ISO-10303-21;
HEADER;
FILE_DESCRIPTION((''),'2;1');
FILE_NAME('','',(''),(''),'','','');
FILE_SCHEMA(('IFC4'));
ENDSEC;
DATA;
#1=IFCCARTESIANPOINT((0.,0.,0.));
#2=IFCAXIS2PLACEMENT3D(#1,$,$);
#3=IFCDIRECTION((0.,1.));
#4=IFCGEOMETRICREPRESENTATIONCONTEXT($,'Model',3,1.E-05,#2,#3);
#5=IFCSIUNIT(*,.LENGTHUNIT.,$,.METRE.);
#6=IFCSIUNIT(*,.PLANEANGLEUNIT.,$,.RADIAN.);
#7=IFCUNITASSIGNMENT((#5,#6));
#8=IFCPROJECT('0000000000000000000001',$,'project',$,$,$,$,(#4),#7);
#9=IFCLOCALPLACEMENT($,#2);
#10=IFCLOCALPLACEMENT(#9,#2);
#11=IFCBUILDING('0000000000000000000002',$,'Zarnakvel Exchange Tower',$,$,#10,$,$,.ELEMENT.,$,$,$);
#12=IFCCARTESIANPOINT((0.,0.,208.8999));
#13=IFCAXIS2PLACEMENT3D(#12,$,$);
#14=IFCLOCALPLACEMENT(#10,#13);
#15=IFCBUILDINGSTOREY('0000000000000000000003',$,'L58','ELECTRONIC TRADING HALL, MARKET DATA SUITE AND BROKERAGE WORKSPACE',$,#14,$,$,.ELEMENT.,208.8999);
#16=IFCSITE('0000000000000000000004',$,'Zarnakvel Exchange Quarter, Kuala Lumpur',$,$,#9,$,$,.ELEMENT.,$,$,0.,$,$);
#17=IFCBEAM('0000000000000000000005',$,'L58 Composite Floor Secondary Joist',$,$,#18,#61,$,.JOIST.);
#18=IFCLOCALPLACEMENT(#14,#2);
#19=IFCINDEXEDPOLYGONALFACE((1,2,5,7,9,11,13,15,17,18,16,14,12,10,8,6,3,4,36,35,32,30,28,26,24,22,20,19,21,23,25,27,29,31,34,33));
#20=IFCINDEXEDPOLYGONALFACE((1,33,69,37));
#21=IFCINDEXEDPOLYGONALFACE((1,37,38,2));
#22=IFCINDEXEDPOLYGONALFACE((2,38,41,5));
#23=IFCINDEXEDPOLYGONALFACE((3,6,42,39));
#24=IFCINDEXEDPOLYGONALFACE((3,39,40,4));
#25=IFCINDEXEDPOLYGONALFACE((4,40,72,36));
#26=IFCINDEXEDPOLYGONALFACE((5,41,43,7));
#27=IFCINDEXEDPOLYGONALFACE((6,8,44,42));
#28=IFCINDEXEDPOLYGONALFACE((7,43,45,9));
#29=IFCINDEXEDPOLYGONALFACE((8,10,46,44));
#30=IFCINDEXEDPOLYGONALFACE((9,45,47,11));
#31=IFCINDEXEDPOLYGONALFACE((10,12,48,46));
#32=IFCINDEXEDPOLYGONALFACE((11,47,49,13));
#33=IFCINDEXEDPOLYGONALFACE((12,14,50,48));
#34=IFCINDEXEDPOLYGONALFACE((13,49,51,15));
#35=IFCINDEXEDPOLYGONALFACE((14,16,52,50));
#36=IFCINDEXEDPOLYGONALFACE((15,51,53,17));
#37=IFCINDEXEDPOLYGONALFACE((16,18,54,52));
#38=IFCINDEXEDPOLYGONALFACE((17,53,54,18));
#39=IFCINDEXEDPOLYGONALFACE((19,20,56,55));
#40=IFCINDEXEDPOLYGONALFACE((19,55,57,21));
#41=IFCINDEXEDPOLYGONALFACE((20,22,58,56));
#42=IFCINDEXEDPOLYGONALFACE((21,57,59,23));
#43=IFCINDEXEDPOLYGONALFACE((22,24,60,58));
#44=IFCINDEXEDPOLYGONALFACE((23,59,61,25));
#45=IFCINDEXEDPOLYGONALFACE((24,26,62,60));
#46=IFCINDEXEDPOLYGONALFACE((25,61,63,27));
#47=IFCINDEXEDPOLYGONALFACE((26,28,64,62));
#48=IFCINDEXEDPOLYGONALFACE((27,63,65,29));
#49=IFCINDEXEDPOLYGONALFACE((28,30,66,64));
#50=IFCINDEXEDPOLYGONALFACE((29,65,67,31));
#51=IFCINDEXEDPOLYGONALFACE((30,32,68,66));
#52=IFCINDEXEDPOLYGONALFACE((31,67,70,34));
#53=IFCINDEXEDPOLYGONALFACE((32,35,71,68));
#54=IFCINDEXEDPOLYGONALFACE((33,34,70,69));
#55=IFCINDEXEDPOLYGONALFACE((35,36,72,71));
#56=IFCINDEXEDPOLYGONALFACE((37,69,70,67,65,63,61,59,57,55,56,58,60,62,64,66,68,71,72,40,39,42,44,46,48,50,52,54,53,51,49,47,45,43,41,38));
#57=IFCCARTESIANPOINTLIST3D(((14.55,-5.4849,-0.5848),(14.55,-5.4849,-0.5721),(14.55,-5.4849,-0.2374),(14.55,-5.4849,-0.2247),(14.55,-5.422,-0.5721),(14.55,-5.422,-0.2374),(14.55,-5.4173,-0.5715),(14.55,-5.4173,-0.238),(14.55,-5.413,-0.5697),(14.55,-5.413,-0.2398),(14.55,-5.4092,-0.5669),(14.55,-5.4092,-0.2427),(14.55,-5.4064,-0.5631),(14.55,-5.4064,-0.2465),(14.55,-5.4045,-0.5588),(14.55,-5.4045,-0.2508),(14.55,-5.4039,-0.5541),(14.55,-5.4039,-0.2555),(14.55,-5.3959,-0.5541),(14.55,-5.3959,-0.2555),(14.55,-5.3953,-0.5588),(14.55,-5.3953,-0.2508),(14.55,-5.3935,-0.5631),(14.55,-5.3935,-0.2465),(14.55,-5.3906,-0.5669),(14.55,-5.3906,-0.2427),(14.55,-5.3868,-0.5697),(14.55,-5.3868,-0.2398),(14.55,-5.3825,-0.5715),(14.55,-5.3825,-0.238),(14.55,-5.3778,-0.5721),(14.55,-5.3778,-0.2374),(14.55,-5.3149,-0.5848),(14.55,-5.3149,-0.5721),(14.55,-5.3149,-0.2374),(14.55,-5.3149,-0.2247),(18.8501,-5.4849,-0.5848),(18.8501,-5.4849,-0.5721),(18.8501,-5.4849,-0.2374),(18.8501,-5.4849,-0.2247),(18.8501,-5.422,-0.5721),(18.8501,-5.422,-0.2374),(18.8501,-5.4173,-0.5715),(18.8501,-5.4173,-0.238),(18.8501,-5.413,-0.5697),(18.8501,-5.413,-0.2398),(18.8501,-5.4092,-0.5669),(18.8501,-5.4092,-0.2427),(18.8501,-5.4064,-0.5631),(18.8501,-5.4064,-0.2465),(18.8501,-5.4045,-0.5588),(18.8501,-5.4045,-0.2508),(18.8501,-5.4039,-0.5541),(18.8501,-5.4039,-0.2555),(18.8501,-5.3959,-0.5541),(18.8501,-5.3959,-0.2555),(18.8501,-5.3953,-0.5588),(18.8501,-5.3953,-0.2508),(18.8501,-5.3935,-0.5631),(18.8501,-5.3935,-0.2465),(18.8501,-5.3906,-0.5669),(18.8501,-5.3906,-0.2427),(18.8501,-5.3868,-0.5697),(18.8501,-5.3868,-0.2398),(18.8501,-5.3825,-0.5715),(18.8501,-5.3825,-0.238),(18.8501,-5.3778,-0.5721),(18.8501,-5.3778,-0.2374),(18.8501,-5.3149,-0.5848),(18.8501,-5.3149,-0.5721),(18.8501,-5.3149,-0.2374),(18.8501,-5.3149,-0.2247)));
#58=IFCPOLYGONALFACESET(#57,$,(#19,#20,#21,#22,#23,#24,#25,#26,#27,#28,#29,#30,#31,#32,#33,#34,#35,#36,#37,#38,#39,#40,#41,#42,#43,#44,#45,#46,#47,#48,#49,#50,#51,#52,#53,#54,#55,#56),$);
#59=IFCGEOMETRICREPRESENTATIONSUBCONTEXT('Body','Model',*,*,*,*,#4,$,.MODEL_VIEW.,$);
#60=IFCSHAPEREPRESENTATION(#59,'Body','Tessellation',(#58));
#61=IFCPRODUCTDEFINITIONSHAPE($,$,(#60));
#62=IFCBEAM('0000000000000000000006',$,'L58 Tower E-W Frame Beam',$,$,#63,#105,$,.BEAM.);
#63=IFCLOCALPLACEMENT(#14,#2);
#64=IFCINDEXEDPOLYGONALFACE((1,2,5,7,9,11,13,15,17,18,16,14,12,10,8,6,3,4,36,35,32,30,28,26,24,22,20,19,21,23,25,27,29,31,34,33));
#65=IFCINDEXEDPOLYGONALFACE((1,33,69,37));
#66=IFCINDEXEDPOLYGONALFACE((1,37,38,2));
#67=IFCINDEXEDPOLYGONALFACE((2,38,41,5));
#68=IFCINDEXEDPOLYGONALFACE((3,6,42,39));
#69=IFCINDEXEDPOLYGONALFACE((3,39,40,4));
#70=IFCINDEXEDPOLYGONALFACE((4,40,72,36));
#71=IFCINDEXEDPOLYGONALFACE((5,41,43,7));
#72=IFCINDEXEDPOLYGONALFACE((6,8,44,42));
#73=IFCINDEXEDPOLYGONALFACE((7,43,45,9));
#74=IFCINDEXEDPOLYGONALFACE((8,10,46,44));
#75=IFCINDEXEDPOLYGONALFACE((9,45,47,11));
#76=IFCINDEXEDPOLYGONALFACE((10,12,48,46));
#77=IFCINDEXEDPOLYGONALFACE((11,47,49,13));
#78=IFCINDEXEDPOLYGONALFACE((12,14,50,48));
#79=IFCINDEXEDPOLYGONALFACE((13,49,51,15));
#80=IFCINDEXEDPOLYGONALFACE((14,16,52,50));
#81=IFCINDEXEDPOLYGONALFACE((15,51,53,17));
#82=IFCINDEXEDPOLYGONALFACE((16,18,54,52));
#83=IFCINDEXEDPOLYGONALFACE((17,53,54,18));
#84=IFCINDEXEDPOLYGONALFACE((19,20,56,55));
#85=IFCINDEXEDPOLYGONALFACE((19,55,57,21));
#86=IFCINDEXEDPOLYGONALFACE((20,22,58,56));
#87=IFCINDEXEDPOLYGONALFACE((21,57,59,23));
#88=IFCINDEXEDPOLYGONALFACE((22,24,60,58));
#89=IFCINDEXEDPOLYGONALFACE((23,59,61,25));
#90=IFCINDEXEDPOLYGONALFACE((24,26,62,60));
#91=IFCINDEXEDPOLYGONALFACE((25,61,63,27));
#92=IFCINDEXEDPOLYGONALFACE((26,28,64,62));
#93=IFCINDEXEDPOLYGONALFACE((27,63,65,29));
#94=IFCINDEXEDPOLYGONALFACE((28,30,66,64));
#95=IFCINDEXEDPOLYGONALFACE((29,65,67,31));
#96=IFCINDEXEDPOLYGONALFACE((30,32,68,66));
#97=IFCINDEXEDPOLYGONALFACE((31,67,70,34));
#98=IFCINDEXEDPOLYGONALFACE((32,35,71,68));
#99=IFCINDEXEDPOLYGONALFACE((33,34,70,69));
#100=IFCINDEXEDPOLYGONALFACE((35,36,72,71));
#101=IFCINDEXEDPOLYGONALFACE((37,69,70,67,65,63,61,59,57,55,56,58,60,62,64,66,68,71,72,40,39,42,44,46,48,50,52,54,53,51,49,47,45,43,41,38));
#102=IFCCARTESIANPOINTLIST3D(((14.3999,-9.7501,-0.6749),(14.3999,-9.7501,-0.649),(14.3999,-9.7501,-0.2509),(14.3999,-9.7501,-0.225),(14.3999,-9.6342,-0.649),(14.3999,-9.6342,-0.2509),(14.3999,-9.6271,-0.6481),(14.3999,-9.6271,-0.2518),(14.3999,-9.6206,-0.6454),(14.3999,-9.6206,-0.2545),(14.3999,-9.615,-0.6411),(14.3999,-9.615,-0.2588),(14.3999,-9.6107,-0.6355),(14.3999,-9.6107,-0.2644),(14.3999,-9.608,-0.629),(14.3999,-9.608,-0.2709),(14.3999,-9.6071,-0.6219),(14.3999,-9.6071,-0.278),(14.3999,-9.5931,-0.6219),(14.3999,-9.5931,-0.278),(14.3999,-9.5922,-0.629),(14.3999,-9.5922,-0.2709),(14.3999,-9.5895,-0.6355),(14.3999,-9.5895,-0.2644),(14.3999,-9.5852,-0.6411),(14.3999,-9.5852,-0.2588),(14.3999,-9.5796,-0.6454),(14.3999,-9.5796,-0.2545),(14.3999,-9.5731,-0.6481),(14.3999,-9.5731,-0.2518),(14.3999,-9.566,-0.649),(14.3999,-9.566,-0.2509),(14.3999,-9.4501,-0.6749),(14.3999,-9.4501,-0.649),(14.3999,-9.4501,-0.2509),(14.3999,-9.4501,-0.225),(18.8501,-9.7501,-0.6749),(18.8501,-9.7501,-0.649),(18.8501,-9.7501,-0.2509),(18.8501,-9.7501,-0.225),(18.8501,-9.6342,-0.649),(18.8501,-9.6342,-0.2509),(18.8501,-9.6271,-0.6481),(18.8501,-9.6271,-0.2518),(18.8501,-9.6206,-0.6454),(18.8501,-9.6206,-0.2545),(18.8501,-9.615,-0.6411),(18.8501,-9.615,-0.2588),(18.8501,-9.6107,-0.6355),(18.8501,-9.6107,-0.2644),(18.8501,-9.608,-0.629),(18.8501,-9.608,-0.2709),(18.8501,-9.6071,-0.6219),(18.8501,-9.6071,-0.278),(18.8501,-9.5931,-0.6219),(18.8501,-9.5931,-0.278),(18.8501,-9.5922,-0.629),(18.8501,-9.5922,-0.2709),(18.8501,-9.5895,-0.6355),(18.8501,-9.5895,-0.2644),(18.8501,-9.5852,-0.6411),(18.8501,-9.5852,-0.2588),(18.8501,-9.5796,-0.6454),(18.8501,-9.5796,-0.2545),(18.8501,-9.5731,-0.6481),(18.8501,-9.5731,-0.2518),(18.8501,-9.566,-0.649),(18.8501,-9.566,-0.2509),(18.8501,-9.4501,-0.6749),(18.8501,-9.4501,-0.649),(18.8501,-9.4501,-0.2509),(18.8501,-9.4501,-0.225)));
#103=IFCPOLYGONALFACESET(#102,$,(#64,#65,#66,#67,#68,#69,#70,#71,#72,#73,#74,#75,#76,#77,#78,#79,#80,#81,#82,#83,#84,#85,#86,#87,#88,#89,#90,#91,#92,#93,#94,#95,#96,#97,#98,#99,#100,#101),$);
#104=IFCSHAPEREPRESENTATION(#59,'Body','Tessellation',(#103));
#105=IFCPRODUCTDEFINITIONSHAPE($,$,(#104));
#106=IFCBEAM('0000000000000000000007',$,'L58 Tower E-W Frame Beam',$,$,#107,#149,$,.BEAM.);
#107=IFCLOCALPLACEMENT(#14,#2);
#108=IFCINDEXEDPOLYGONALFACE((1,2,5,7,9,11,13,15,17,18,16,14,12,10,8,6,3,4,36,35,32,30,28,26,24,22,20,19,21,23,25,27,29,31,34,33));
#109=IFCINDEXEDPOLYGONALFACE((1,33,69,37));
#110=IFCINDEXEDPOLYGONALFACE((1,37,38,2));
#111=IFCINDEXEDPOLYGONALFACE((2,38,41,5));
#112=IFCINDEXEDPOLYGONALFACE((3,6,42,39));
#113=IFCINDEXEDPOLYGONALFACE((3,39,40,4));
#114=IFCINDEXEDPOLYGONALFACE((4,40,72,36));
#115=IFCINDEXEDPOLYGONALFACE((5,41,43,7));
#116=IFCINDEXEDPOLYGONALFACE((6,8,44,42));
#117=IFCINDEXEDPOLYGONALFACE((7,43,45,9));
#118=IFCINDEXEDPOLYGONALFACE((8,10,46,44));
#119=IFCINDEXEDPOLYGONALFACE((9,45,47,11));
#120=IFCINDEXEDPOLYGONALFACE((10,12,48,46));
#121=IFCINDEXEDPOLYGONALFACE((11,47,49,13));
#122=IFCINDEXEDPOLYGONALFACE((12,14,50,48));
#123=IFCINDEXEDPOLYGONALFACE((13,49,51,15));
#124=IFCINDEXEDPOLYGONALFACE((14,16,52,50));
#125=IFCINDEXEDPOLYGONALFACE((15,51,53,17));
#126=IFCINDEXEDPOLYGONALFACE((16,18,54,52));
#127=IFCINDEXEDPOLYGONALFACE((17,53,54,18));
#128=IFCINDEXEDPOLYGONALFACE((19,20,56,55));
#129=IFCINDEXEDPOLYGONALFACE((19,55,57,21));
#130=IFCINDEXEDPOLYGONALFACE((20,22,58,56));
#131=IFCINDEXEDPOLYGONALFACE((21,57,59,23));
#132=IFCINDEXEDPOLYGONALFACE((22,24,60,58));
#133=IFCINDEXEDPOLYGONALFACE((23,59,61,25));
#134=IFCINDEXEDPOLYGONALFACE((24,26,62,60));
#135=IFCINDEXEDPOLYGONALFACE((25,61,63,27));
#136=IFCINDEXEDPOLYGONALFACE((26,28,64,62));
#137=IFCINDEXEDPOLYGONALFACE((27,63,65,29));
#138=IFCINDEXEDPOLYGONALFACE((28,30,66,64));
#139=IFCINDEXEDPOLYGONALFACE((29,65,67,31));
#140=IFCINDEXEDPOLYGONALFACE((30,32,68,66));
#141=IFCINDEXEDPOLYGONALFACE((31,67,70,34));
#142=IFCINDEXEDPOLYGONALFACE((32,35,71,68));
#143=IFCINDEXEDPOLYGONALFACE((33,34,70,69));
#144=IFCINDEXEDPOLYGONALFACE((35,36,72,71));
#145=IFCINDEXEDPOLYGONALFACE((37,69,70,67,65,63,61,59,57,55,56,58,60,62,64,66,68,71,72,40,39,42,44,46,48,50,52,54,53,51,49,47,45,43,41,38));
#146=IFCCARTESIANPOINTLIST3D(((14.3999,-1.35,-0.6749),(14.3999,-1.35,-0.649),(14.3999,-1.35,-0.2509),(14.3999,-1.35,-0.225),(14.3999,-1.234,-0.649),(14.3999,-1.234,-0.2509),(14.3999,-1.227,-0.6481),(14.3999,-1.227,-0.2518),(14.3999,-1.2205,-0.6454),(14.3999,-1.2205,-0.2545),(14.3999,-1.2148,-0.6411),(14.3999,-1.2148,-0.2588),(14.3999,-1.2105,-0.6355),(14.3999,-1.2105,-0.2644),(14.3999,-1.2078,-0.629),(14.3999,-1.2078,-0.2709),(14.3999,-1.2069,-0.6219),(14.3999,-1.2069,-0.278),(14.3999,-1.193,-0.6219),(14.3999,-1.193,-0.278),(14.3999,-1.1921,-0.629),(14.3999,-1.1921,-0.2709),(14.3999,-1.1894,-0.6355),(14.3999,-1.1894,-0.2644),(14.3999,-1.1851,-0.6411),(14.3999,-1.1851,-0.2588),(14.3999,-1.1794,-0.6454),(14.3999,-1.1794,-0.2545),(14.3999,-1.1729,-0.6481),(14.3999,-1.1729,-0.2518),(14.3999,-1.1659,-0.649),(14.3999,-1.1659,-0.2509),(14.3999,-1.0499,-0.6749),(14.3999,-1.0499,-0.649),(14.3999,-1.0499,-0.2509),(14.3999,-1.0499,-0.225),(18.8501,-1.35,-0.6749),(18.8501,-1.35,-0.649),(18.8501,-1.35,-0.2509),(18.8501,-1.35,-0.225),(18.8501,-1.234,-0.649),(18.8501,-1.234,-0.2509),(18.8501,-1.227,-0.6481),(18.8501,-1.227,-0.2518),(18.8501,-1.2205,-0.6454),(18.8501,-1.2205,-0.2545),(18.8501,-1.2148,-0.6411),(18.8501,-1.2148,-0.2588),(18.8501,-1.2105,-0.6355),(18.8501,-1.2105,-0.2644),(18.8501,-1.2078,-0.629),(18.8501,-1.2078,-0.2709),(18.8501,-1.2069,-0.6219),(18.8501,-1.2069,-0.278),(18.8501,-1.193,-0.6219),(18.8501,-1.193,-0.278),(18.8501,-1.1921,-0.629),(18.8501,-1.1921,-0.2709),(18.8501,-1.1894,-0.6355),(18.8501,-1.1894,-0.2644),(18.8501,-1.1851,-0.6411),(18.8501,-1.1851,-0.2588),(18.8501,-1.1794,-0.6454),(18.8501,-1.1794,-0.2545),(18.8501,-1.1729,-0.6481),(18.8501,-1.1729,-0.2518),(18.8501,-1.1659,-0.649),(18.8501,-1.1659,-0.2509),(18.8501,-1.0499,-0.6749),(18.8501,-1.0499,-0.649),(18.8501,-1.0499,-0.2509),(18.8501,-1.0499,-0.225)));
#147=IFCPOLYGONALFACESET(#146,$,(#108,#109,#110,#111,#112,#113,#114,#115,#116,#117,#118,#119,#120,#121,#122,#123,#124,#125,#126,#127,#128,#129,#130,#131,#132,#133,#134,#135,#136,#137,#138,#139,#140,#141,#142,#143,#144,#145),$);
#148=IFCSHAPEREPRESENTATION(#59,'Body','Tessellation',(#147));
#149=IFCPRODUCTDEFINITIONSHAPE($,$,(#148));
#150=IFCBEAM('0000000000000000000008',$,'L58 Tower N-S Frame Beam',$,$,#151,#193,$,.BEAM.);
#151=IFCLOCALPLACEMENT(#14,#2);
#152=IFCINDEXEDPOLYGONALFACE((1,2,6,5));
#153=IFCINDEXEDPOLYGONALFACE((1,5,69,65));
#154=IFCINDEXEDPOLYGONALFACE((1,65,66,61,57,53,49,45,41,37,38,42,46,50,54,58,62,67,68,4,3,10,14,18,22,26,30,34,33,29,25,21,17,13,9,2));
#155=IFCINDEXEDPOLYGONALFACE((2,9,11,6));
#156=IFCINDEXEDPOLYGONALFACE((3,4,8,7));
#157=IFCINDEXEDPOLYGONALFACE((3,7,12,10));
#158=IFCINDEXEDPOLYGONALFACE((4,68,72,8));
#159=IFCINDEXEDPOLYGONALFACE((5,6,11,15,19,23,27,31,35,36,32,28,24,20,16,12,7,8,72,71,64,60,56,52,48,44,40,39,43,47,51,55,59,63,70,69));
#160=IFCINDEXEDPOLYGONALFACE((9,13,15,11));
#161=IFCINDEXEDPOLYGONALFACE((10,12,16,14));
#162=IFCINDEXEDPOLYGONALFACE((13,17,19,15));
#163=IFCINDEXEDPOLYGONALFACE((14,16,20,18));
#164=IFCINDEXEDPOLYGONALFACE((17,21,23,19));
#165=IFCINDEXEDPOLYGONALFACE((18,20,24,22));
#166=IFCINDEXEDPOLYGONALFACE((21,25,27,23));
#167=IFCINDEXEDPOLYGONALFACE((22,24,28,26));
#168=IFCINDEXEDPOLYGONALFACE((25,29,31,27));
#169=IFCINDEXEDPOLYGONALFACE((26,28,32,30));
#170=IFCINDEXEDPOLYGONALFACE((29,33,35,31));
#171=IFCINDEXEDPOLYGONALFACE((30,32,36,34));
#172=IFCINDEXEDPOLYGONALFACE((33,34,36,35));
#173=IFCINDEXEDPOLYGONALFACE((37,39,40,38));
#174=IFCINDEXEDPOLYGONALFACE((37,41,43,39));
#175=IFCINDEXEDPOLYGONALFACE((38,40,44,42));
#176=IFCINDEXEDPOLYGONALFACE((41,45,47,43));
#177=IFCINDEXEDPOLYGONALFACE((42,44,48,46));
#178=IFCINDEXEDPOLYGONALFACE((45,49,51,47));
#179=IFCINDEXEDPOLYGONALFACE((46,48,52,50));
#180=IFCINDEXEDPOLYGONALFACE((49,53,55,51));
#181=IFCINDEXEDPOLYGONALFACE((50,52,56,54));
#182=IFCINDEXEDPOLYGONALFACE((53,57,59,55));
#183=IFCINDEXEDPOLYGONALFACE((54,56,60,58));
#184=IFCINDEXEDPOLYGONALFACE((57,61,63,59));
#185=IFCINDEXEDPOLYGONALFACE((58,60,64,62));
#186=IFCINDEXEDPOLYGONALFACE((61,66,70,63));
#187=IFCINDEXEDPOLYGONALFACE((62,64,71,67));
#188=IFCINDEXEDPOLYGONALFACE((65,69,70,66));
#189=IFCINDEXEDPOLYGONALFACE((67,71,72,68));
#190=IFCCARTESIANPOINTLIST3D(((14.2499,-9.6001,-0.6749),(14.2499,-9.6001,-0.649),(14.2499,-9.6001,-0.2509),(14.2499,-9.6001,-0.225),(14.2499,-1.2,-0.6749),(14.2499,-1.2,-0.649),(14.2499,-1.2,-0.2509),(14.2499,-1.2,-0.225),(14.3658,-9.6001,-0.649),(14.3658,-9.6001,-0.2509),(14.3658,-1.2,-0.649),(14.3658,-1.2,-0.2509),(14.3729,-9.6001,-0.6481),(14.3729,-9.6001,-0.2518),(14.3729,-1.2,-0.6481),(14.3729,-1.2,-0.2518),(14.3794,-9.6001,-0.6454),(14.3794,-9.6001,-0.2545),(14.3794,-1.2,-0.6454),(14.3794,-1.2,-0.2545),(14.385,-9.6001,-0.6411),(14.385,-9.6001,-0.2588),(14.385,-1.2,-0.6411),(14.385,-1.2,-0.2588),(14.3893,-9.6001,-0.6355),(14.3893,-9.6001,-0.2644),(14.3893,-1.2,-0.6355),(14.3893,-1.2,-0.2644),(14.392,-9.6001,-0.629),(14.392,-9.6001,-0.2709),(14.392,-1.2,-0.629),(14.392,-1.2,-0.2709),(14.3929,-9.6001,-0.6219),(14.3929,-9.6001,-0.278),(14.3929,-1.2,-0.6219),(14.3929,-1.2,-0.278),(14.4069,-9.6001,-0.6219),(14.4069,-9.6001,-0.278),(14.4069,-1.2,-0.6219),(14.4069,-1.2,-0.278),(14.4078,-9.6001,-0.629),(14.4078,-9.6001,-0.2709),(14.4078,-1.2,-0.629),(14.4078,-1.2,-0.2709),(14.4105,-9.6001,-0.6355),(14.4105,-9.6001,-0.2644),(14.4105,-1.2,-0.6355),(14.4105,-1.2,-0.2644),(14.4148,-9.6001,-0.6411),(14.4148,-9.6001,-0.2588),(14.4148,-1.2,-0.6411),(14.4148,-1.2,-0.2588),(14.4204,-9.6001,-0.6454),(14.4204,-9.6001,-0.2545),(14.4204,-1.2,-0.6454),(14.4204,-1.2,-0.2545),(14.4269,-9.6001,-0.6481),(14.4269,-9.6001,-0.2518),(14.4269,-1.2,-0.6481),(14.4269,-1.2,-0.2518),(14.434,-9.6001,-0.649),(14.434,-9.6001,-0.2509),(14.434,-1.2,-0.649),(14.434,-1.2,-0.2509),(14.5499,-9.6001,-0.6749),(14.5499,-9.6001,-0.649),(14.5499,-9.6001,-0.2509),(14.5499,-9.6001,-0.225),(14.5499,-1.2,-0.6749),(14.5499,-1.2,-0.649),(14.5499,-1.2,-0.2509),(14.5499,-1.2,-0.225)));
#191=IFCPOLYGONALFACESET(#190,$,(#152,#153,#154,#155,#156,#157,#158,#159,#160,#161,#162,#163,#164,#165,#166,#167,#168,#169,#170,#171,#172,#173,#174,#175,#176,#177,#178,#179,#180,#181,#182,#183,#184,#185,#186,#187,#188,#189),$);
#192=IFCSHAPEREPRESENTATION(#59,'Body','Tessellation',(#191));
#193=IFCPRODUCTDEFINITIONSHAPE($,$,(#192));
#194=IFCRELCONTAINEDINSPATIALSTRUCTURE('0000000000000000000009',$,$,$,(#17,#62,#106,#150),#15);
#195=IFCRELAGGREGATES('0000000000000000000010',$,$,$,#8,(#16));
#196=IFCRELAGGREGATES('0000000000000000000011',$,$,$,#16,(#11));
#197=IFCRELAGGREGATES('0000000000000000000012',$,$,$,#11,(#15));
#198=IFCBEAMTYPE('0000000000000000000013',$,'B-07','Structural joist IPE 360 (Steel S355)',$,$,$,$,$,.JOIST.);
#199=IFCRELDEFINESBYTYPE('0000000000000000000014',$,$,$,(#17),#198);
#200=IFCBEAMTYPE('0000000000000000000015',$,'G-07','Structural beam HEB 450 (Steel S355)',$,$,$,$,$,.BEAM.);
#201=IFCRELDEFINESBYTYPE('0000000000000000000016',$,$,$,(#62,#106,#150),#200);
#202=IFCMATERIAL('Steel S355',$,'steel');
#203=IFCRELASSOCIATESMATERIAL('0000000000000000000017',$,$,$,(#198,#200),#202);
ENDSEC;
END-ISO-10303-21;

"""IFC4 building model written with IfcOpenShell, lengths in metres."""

from ifc_helpers import new_model, si_unit, direction, frame, origin, origin_2d, place, context, subcontext, project, spatial, i_section, extrude, material, material_profile, profile_set, type_object, element, save


model = new_model("IFC4")

# Units and contexts
model_context = context("Model", 3, precision=1e-05, world=origin(), true_north=direction((0.0, 1.0)))
body_context = subcontext(model_context, "Body", "Model", "MODEL_VIEW")
ifc_project = project(units=[si_unit("LENGTHUNIT", "METRE"), si_unit("PLANEANGLEUNIT", "RADIAN")], contexts=[model_context])

# Site, building, storey
site_placement = place(None, origin())
site = spatial("IfcSite", under=ifc_project, at=site_placement, Name="Zarnakvel Exchange Quarter, Kuala Lumpur", CompositionType="ELEMENT", RefElevation=0.0)
building_placement = place(site_placement, origin())
building = spatial("IfcBuilding", under=site, at=building_placement, Name="Zarnakvel Exchange Tower", CompositionType="ELEMENT")
storey_placement = place(building_placement, frame((0.0, 0.0, 208.8999)))
storey = spatial("IfcBuildingStorey", under=building, at=storey_placement, Name="L58", Description="ELECTRONIC TRADING HALL, MARKET DATA SUITE AND BROKERAGE WORKSPACE", CompositionType="ELEMENT", Elevation=208.8999)

# Shared definitions
ifc_material_1 = material(Name="Steel S355", Category="steel")

# Beams
ifc_material_profile_1 = material_profile(ifc_material_1, i_section(OverallWidth=0.1699, OverallDepth=0.3601, WebThickness=0.0081, FlangeThickness=0.0127, FilletRadius=0.0181, at=origin_2d()))
ifc_profile_set_1 = profile_set([ifc_material_profile_1], Name="Steel S355")
beam_type_1 = type_object("IfcBeamType", Name="B-07", Description="Structural joist IPE 360 (Steel S355)", PredefinedType="JOIST", material=ifc_profile_set_1)
beam_1_placement = place(storey_placement, frame((14.55, -5.3999, -0.4048), z_axis=(1.0, 0.0, 0.0), x_axis=(0.0, 1.0, 0.0)))
element("IfcBeam", 1, at=beam_1_placement, inside=storey, type_object=beam_type_1, Name="L58 Composite Floor Secondary Joist", PredefinedType="JOIST", context=body_context, shape_type="SweptSolid", body=[
    extrude(i_section(OverallWidth=0.1699, OverallDepth=0.3601, WebThickness=0.0081, FlangeThickness=0.0127, FilletRadius=0.0181, at=origin_2d()), origin(), (0.0, 0.0, 1.0), 4.3),
])
ifc_material_profile_2 = material_profile(ifc_material_1, i_section(OverallWidth=0.3, OverallDepth=0.45, WebThickness=0.0139, FlangeThickness=0.0259, FilletRadius=0.0271, at=origin_2d()))
ifc_profile_set_2 = profile_set([ifc_material_profile_2], Name="Steel S355")
beam_type_2 = type_object("IfcBeamType", Name="G-07", Description="Structural beam HEB 450 (Steel S355)", PredefinedType="BEAM", material=ifc_profile_set_2)
for number, where, z_axis, x_axis, name in (
    (2, (14.3999, -9.6001, -0.45), (1.0, 0.0, 0.0), (0.0, 1.0, 0.0), "L58 Tower E-W Frame Beam"),
    (3, (14.3999, -1.2, -0.45), (1.0, 0.0, 0.0), (0.0, 1.0, 0.0), "L58 Tower E-W Frame Beam"),
):
    element("IfcBeam", number, at=place(storey_placement, frame(where, z_axis=z_axis, x_axis=x_axis)), inside=storey, type_object=beam_type_2, Name=name, PredefinedType="BEAM", context=body_context, shape_type="SweptSolid", body=[
        extrude(i_section(OverallWidth=0.3, OverallDepth=0.45, WebThickness=0.0139, FlangeThickness=0.0259, FilletRadius=0.0271, at=origin_2d()), origin(), (0.0, 0.0, 1.0), 4.4502),
    ])
beam_2_placement = place(storey_placement, frame((14.3999, -9.6001, -0.45), z_axis=(0.0, 1.0, 0.0), x_axis=(-1.0, 0.0, 0.0)))
element("IfcBeam", 4, at=beam_2_placement, inside=storey, type_object=beam_type_2, Name="L58 Tower N-S Frame Beam", PredefinedType="BEAM", context=body_context, shape_type="SweptSolid", body=[
    extrude(i_section(OverallWidth=0.3, OverallDepth=0.45, WebThickness=0.0139, FlangeThickness=0.0259, FilletRadius=0.0271, at=origin_2d()), origin(), (0.0, 0.0, 1.0), 8.4001),
])

save(model, "model.ifc")
